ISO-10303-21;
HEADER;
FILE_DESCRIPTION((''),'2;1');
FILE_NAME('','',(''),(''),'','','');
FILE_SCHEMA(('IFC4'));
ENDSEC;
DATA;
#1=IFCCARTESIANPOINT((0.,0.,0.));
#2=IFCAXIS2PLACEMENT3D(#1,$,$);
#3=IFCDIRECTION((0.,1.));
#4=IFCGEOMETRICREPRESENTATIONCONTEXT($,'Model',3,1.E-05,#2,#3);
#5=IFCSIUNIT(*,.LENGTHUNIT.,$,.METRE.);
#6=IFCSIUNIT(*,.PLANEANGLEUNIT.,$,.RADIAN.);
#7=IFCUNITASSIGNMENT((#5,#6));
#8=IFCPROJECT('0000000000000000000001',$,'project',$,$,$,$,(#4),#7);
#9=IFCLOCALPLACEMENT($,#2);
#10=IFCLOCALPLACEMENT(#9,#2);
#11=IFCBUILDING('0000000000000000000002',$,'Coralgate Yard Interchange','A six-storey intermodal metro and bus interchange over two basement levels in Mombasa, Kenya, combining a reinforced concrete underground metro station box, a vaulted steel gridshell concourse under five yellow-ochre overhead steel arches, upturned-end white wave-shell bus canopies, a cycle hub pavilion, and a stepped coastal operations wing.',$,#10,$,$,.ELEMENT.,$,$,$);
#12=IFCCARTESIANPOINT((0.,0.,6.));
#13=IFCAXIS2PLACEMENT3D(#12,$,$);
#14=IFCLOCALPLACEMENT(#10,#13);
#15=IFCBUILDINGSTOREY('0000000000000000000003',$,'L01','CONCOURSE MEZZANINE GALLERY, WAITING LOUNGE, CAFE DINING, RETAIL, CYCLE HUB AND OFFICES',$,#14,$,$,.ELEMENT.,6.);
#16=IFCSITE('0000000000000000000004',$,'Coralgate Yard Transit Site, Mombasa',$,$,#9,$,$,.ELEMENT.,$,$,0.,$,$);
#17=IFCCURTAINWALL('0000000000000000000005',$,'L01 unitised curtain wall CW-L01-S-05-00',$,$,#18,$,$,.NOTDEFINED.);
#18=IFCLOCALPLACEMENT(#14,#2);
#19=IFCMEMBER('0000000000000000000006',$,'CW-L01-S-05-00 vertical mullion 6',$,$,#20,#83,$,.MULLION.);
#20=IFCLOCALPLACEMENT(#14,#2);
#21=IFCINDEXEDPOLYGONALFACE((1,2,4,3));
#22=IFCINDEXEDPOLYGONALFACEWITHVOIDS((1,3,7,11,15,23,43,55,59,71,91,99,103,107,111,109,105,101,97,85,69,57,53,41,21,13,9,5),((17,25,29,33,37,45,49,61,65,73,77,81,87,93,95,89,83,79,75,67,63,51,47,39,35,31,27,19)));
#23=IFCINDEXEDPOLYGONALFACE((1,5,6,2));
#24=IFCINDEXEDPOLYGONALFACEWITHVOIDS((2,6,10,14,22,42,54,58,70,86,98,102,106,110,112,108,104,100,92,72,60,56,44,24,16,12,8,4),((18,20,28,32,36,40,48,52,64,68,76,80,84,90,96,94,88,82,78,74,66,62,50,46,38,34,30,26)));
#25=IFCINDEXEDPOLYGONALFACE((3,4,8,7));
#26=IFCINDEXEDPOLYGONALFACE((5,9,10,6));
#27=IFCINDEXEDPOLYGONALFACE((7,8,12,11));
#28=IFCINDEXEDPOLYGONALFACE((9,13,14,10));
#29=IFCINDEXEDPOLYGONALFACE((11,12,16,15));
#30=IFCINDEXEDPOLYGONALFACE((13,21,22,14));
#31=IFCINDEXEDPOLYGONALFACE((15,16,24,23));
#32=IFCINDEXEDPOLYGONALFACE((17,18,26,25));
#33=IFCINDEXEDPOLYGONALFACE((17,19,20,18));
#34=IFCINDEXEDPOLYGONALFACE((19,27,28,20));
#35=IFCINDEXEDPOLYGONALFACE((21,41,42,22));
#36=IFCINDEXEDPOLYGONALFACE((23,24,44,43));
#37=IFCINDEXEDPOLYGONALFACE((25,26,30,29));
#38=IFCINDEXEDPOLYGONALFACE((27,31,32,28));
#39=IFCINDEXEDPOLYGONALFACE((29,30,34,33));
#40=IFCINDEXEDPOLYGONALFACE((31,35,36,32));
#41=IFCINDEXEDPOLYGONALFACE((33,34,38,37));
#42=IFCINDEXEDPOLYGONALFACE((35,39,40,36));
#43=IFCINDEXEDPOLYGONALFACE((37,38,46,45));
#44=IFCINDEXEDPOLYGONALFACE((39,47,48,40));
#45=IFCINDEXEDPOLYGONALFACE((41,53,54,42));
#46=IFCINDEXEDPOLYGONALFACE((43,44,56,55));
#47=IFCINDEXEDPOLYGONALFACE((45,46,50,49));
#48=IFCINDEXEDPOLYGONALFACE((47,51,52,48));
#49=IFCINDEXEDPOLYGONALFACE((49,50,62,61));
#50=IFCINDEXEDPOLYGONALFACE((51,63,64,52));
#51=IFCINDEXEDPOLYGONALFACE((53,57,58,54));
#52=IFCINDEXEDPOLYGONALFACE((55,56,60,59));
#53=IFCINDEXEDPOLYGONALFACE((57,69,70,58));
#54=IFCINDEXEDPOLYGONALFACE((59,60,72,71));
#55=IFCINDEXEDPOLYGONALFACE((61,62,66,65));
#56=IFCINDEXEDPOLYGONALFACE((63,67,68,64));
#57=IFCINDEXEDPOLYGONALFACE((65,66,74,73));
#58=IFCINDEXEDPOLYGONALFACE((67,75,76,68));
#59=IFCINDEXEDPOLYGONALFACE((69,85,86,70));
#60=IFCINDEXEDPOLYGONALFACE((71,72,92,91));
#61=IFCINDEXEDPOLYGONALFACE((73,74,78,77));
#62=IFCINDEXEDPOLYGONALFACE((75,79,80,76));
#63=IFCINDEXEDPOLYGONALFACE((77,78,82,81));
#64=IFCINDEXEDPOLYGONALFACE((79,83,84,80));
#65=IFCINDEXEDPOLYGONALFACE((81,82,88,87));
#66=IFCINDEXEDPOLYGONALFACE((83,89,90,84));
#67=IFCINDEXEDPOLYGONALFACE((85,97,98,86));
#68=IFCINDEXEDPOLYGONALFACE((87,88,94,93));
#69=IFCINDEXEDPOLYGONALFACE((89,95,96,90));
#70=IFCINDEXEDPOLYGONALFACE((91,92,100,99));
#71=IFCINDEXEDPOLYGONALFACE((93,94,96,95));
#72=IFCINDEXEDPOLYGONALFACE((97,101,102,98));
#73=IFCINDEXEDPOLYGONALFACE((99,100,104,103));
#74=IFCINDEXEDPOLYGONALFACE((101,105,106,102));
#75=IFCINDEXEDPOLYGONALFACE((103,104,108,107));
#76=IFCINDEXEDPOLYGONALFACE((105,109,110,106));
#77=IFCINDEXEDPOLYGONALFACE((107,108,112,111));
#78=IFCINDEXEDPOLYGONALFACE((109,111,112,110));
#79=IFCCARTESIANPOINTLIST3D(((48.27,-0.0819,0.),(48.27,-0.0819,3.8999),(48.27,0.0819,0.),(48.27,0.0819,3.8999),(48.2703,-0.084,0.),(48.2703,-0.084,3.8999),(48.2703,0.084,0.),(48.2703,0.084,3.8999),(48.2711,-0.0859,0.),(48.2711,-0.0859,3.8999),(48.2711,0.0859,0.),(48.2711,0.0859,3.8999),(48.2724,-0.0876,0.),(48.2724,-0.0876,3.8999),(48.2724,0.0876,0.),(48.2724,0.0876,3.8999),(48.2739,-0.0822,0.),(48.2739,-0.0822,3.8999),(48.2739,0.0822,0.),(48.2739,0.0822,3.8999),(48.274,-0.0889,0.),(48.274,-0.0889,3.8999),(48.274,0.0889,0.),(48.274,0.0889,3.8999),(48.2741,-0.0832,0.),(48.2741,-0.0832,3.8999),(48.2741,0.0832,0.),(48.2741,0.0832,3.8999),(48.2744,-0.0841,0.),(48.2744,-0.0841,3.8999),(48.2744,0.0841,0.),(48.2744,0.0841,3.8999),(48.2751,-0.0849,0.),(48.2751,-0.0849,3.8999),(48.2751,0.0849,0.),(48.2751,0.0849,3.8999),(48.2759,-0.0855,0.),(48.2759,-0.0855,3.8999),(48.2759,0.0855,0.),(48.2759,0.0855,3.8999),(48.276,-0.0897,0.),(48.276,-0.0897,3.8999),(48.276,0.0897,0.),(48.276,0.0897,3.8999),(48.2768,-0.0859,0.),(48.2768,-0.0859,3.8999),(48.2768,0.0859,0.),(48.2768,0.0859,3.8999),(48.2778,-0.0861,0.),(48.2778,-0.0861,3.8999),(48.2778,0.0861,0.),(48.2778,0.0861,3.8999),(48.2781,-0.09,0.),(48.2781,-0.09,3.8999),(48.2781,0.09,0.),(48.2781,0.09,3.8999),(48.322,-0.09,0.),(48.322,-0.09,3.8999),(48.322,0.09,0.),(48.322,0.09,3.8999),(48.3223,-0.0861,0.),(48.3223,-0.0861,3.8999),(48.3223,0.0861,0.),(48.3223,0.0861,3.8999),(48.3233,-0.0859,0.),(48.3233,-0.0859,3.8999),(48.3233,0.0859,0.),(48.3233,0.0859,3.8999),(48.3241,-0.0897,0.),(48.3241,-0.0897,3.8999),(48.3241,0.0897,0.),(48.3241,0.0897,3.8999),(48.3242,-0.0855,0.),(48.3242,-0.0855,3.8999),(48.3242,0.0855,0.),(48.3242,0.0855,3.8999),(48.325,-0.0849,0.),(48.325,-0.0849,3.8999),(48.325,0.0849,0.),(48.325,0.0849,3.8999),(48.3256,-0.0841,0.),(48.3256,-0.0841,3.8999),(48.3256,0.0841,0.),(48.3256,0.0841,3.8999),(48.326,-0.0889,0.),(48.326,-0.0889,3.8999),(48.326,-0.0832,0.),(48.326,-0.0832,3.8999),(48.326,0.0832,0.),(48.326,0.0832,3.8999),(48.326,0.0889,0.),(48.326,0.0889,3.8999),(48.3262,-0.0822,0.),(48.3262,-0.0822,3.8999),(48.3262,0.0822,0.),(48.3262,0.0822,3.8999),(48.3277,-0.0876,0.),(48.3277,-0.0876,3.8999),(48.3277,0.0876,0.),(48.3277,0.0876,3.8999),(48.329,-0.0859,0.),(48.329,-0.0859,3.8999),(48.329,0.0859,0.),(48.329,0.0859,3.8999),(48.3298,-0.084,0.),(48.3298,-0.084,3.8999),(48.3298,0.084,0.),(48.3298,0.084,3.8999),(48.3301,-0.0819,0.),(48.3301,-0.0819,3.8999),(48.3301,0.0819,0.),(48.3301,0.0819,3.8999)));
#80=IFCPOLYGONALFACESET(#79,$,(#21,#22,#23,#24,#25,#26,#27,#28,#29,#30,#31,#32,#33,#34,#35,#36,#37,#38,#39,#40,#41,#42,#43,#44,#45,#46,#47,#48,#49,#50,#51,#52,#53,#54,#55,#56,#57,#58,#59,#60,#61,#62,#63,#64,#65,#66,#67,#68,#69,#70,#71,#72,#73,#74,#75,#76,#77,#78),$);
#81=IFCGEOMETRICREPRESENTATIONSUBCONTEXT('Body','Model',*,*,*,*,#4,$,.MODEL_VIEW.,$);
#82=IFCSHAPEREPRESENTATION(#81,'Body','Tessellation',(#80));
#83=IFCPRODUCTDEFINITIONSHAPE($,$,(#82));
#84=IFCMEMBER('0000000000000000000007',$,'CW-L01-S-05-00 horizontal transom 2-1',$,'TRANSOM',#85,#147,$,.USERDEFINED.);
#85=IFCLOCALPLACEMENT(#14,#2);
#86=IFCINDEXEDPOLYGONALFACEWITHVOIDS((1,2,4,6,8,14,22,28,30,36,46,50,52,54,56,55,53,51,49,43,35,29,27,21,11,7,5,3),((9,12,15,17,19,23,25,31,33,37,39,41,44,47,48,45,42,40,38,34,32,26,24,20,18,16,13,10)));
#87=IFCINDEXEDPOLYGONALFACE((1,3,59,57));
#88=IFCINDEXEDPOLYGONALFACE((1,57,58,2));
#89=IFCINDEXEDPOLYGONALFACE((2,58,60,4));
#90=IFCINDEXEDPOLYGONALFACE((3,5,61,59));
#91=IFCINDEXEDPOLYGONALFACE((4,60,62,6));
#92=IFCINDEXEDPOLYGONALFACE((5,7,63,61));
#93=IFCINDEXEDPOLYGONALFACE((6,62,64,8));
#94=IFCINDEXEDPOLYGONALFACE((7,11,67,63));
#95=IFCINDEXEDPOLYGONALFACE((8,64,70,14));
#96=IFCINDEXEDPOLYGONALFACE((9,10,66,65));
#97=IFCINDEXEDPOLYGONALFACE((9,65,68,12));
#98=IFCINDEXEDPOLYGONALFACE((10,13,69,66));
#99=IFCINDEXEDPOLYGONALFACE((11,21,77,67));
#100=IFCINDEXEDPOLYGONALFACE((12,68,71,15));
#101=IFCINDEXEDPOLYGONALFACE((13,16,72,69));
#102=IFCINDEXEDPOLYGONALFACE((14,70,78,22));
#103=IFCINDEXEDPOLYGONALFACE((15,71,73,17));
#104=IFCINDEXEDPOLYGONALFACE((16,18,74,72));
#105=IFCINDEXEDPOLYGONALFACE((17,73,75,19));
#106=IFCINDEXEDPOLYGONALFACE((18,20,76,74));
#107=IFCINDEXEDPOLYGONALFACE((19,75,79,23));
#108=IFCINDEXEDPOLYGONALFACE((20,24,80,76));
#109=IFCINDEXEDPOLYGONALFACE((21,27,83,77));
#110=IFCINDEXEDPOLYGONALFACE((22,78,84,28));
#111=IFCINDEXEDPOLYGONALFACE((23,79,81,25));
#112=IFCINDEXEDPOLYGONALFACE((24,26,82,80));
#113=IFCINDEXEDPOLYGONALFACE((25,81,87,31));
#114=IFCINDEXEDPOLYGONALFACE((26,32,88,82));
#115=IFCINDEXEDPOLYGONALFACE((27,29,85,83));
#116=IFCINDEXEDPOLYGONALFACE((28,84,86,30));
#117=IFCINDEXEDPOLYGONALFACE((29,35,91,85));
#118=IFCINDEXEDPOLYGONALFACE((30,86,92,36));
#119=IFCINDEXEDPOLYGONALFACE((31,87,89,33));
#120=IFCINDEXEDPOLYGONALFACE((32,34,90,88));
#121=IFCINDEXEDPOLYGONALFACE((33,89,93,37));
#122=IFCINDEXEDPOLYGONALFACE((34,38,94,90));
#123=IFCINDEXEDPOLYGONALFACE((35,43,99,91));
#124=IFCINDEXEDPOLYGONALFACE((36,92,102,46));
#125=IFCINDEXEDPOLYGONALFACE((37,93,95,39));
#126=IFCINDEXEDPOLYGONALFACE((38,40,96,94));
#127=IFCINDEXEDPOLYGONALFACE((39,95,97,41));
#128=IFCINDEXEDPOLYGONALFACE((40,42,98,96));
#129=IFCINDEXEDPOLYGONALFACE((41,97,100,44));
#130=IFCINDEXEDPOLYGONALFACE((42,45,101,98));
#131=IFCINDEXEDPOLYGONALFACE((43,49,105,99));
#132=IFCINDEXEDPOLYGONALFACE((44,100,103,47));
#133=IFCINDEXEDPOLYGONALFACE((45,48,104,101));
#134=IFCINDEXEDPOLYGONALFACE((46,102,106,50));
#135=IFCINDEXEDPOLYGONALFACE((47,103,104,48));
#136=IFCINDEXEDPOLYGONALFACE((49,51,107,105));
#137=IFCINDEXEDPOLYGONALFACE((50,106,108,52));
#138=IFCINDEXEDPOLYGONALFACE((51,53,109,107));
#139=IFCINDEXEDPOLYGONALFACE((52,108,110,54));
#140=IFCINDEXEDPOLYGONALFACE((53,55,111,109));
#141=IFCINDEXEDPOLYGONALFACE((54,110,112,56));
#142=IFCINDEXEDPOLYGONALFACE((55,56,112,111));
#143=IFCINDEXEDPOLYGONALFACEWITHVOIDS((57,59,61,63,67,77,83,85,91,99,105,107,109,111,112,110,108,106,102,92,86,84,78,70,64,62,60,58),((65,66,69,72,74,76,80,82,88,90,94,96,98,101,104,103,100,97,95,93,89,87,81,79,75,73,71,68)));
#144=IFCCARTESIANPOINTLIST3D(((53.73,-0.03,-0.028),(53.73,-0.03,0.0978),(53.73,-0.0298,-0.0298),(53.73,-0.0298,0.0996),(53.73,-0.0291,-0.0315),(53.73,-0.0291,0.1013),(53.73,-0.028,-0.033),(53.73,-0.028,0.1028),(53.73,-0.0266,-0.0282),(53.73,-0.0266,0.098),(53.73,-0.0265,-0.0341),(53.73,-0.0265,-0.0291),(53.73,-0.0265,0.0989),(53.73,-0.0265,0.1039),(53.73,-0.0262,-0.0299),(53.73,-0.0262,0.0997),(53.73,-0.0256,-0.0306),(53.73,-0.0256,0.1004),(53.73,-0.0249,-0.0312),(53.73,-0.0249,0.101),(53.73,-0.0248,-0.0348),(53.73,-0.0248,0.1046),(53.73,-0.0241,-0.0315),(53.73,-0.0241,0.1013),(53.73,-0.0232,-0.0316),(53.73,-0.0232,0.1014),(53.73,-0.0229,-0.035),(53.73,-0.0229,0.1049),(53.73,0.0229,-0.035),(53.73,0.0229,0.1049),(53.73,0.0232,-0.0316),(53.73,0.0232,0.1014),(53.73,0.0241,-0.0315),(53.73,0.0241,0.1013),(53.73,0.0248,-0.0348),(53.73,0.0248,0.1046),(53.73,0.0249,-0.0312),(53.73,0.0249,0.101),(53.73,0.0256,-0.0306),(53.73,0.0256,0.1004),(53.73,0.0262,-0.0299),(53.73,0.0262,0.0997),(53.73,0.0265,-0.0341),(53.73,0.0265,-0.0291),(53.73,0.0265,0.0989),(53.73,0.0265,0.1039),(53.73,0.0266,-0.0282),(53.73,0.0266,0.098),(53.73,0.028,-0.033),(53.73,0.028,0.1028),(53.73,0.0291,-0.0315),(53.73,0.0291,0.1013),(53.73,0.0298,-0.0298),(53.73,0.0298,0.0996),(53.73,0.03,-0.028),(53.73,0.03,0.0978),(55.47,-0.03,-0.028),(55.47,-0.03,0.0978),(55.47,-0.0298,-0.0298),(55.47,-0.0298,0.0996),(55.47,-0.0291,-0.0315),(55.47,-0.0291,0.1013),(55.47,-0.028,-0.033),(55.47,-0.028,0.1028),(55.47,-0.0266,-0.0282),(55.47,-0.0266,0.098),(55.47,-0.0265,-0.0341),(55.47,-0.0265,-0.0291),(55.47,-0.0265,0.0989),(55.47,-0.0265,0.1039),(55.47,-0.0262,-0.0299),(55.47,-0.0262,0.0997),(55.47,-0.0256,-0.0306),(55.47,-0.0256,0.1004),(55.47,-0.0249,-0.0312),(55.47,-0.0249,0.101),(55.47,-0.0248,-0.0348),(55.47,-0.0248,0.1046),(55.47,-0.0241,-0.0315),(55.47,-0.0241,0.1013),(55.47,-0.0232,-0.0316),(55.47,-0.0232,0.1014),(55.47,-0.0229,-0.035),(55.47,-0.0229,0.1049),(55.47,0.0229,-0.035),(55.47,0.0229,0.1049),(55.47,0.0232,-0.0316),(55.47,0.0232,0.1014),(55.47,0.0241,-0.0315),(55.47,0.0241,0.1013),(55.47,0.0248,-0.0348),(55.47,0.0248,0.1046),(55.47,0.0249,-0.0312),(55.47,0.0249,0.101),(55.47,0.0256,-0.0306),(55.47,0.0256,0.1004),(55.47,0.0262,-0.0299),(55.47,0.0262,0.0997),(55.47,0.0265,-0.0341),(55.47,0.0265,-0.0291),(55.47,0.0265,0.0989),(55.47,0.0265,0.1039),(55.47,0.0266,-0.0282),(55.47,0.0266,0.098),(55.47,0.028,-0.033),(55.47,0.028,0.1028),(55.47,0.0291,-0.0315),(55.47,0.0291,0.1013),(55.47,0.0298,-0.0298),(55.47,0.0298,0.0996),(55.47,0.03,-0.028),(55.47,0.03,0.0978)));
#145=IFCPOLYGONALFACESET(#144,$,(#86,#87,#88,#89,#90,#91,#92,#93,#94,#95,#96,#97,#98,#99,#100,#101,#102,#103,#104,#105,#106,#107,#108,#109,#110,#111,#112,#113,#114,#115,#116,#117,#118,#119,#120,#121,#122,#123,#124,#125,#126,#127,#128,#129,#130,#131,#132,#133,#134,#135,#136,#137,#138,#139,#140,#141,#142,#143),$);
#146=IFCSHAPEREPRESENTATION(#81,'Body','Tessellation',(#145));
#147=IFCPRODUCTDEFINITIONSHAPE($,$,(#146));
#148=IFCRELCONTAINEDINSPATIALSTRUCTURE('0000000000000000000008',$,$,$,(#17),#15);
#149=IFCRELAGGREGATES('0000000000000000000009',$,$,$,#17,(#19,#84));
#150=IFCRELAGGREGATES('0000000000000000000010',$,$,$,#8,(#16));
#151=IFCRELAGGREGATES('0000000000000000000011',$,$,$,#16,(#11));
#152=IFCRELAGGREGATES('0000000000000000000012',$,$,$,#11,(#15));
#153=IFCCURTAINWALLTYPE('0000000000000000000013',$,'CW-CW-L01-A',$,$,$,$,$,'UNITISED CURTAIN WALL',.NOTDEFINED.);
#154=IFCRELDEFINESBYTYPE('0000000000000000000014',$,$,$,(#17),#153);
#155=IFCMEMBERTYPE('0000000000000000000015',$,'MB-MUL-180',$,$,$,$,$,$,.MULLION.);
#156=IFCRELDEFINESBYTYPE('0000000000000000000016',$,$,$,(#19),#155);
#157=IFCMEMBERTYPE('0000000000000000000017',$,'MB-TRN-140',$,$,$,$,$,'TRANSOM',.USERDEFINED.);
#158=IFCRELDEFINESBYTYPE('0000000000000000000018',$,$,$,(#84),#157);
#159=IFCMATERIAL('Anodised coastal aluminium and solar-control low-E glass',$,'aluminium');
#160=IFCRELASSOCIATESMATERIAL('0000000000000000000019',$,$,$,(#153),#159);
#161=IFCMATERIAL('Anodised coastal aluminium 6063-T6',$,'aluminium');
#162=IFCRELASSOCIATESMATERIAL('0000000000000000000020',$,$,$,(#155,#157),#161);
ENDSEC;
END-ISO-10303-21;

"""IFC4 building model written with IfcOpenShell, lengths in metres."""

from ifc_helpers import new_model, si_unit, direction, frame, origin, origin_2d, place, context, subcontext, project, spatial, hollow_rectangle, extrude, material, material_profile, profile_set, type_object, element, aggregate, save


model = new_model("IFC4")

# Units and contexts
model_context = context("Model", 3, precision=1e-05, world=origin(), true_north=direction((0.0, 1.0)))
body_context = subcontext(model_context, "Body", "Model", "MODEL_VIEW")
ifc_project = project(units=[si_unit("LENGTHUNIT", "METRE"), si_unit("PLANEANGLEUNIT", "RADIAN")], contexts=[model_context])

# Site, building, storey
site_placement = place(None, origin())
site = spatial("IfcSite", under=ifc_project, at=site_placement, Name="Coralgate Yard Transit Site, Mombasa", CompositionType="ELEMENT", RefElevation=0.0)
building_placement = place(site_placement, origin())
building = spatial("IfcBuilding", under=site, at=building_placement, Name="Coralgate Yard Interchange", Description="A six-storey intermodal metro and bus interchange over two basement levels in Mombasa, Kenya, combining a reinforced concrete underground metro station box, a vaulted steel gridshell concourse under five yellow-ochre overhead steel arches, upturned-end white wave-shell bus canopies, a cycle hub pavilion, and a stepped coastal operations wing.", CompositionType="ELEMENT")
storey_placement = place(building_placement, frame((0.0, 0.0, 6.0)))
storey = spatial("IfcBuildingStorey", under=building, at=storey_placement, Name="L01", Description="CONCOURSE MEZZANINE GALLERY, WAITING LOUNGE, CAFE DINING, RETAIL, CYCLE HUB AND OFFICES", CompositionType="ELEMENT", Elevation=6.0)

# Curtain wall, members
ifc_material_1 = material(Name="Anodised coastal aluminium and solar-control low-E glass", Category="aluminium")
curtain_wall_type = type_object("IfcCurtainWallType", Name="CW-CW-L01-A", ElementType="UNITISED CURTAIN WALL", PredefinedType="NOTDEFINED", material=ifc_material_1)
curtain_wall_placement = place(storey_placement, origin())
curtain_wall = element("IfcCurtainWall", 1, at=curtain_wall_placement, inside=storey, type_object=curtain_wall_type, Name="L01 unitised curtain wall CW-L01-S-05-00", PredefinedType="NOTDEFINED")
ifc_material_2 = material(Name="Anodised coastal aluminium 6063-T6", Category="aluminium")
ifc_material_profile_1 = material_profile(ifc_material_2, hollow_rectangle(XDim=0.0601, YDim=0.1799, WallThickness=0.0039, InnerFilletRadius=0.0039, OuterFilletRadius=0.0081, at=origin_2d()), Name="ALU 60x180x4")
ifc_profile_set_1 = profile_set([ifc_material_profile_1], Name="Anodised coastal aluminium 6063-T6")
member_type_1 = type_object("IfcMemberType", Name="MB-MUL-180", PredefinedType="MULLION", material=ifc_profile_set_1)
member_1_placement = place(storey_placement, frame((48.3, 0.0, 0.0), z_axis=(0.0, 0.0, 1.0), x_axis=(1.0, 0.0, 0.0)))
member_1 = element("IfcMember", 2, at=member_1_placement, type_object=member_type_1, Name="CW-L01-S-05-00 vertical mullion 6", PredefinedType="MULLION", context=body_context, shape_type="SweptSolid", body=[
    extrude(hollow_rectangle(XDim=0.0601, YDim=0.1799, WallThickness=0.0039, InnerFilletRadius=0.0039, OuterFilletRadius=0.0081, at=origin_2d()), origin(), (0.0, 0.0, 1.0), 3.8999),
])
ifc_material_profile_2 = material_profile(ifc_material_2, hollow_rectangle(XDim=0.0601, YDim=0.1399, WallThickness=0.0034, InnerFilletRadius=0.0034, OuterFilletRadius=0.0071, at=origin_2d()), Name="ALU 60x140x3.5")
ifc_profile_set_2 = profile_set([ifc_material_profile_2], Name="Anodised coastal aluminium 6063-T6")
member_type_2 = type_object("IfcMemberType", Name="MB-TRN-140", ElementType="TRANSOM", PredefinedType="USERDEFINED", material=ifc_profile_set_2)
member_2_placement = place(storey_placement, frame((55.47, 0.0, 0.0349), z_axis=(-1.0, 0.0, 0.0), x_axis=(0.0, -1.0, 0.0)))
member_2 = element("IfcMember", 3, at=member_2_placement, type_object=member_type_2, Name="CW-L01-S-05-00 horizontal transom 2-1", ObjectType="TRANSOM", PredefinedType="USERDEFINED", context=body_context, shape_type="SweptSolid", body=[
    extrude(hollow_rectangle(XDim=0.0601, YDim=0.1399, WallThickness=0.0034, InnerFilletRadius=0.0034, OuterFilletRadius=0.0071, at=origin_2d()), origin(), (0.0, 0.0, 1.0), 1.74),
])
aggregate(curtain_wall, [member_1, member_2])

save(model, "model.ifc")
